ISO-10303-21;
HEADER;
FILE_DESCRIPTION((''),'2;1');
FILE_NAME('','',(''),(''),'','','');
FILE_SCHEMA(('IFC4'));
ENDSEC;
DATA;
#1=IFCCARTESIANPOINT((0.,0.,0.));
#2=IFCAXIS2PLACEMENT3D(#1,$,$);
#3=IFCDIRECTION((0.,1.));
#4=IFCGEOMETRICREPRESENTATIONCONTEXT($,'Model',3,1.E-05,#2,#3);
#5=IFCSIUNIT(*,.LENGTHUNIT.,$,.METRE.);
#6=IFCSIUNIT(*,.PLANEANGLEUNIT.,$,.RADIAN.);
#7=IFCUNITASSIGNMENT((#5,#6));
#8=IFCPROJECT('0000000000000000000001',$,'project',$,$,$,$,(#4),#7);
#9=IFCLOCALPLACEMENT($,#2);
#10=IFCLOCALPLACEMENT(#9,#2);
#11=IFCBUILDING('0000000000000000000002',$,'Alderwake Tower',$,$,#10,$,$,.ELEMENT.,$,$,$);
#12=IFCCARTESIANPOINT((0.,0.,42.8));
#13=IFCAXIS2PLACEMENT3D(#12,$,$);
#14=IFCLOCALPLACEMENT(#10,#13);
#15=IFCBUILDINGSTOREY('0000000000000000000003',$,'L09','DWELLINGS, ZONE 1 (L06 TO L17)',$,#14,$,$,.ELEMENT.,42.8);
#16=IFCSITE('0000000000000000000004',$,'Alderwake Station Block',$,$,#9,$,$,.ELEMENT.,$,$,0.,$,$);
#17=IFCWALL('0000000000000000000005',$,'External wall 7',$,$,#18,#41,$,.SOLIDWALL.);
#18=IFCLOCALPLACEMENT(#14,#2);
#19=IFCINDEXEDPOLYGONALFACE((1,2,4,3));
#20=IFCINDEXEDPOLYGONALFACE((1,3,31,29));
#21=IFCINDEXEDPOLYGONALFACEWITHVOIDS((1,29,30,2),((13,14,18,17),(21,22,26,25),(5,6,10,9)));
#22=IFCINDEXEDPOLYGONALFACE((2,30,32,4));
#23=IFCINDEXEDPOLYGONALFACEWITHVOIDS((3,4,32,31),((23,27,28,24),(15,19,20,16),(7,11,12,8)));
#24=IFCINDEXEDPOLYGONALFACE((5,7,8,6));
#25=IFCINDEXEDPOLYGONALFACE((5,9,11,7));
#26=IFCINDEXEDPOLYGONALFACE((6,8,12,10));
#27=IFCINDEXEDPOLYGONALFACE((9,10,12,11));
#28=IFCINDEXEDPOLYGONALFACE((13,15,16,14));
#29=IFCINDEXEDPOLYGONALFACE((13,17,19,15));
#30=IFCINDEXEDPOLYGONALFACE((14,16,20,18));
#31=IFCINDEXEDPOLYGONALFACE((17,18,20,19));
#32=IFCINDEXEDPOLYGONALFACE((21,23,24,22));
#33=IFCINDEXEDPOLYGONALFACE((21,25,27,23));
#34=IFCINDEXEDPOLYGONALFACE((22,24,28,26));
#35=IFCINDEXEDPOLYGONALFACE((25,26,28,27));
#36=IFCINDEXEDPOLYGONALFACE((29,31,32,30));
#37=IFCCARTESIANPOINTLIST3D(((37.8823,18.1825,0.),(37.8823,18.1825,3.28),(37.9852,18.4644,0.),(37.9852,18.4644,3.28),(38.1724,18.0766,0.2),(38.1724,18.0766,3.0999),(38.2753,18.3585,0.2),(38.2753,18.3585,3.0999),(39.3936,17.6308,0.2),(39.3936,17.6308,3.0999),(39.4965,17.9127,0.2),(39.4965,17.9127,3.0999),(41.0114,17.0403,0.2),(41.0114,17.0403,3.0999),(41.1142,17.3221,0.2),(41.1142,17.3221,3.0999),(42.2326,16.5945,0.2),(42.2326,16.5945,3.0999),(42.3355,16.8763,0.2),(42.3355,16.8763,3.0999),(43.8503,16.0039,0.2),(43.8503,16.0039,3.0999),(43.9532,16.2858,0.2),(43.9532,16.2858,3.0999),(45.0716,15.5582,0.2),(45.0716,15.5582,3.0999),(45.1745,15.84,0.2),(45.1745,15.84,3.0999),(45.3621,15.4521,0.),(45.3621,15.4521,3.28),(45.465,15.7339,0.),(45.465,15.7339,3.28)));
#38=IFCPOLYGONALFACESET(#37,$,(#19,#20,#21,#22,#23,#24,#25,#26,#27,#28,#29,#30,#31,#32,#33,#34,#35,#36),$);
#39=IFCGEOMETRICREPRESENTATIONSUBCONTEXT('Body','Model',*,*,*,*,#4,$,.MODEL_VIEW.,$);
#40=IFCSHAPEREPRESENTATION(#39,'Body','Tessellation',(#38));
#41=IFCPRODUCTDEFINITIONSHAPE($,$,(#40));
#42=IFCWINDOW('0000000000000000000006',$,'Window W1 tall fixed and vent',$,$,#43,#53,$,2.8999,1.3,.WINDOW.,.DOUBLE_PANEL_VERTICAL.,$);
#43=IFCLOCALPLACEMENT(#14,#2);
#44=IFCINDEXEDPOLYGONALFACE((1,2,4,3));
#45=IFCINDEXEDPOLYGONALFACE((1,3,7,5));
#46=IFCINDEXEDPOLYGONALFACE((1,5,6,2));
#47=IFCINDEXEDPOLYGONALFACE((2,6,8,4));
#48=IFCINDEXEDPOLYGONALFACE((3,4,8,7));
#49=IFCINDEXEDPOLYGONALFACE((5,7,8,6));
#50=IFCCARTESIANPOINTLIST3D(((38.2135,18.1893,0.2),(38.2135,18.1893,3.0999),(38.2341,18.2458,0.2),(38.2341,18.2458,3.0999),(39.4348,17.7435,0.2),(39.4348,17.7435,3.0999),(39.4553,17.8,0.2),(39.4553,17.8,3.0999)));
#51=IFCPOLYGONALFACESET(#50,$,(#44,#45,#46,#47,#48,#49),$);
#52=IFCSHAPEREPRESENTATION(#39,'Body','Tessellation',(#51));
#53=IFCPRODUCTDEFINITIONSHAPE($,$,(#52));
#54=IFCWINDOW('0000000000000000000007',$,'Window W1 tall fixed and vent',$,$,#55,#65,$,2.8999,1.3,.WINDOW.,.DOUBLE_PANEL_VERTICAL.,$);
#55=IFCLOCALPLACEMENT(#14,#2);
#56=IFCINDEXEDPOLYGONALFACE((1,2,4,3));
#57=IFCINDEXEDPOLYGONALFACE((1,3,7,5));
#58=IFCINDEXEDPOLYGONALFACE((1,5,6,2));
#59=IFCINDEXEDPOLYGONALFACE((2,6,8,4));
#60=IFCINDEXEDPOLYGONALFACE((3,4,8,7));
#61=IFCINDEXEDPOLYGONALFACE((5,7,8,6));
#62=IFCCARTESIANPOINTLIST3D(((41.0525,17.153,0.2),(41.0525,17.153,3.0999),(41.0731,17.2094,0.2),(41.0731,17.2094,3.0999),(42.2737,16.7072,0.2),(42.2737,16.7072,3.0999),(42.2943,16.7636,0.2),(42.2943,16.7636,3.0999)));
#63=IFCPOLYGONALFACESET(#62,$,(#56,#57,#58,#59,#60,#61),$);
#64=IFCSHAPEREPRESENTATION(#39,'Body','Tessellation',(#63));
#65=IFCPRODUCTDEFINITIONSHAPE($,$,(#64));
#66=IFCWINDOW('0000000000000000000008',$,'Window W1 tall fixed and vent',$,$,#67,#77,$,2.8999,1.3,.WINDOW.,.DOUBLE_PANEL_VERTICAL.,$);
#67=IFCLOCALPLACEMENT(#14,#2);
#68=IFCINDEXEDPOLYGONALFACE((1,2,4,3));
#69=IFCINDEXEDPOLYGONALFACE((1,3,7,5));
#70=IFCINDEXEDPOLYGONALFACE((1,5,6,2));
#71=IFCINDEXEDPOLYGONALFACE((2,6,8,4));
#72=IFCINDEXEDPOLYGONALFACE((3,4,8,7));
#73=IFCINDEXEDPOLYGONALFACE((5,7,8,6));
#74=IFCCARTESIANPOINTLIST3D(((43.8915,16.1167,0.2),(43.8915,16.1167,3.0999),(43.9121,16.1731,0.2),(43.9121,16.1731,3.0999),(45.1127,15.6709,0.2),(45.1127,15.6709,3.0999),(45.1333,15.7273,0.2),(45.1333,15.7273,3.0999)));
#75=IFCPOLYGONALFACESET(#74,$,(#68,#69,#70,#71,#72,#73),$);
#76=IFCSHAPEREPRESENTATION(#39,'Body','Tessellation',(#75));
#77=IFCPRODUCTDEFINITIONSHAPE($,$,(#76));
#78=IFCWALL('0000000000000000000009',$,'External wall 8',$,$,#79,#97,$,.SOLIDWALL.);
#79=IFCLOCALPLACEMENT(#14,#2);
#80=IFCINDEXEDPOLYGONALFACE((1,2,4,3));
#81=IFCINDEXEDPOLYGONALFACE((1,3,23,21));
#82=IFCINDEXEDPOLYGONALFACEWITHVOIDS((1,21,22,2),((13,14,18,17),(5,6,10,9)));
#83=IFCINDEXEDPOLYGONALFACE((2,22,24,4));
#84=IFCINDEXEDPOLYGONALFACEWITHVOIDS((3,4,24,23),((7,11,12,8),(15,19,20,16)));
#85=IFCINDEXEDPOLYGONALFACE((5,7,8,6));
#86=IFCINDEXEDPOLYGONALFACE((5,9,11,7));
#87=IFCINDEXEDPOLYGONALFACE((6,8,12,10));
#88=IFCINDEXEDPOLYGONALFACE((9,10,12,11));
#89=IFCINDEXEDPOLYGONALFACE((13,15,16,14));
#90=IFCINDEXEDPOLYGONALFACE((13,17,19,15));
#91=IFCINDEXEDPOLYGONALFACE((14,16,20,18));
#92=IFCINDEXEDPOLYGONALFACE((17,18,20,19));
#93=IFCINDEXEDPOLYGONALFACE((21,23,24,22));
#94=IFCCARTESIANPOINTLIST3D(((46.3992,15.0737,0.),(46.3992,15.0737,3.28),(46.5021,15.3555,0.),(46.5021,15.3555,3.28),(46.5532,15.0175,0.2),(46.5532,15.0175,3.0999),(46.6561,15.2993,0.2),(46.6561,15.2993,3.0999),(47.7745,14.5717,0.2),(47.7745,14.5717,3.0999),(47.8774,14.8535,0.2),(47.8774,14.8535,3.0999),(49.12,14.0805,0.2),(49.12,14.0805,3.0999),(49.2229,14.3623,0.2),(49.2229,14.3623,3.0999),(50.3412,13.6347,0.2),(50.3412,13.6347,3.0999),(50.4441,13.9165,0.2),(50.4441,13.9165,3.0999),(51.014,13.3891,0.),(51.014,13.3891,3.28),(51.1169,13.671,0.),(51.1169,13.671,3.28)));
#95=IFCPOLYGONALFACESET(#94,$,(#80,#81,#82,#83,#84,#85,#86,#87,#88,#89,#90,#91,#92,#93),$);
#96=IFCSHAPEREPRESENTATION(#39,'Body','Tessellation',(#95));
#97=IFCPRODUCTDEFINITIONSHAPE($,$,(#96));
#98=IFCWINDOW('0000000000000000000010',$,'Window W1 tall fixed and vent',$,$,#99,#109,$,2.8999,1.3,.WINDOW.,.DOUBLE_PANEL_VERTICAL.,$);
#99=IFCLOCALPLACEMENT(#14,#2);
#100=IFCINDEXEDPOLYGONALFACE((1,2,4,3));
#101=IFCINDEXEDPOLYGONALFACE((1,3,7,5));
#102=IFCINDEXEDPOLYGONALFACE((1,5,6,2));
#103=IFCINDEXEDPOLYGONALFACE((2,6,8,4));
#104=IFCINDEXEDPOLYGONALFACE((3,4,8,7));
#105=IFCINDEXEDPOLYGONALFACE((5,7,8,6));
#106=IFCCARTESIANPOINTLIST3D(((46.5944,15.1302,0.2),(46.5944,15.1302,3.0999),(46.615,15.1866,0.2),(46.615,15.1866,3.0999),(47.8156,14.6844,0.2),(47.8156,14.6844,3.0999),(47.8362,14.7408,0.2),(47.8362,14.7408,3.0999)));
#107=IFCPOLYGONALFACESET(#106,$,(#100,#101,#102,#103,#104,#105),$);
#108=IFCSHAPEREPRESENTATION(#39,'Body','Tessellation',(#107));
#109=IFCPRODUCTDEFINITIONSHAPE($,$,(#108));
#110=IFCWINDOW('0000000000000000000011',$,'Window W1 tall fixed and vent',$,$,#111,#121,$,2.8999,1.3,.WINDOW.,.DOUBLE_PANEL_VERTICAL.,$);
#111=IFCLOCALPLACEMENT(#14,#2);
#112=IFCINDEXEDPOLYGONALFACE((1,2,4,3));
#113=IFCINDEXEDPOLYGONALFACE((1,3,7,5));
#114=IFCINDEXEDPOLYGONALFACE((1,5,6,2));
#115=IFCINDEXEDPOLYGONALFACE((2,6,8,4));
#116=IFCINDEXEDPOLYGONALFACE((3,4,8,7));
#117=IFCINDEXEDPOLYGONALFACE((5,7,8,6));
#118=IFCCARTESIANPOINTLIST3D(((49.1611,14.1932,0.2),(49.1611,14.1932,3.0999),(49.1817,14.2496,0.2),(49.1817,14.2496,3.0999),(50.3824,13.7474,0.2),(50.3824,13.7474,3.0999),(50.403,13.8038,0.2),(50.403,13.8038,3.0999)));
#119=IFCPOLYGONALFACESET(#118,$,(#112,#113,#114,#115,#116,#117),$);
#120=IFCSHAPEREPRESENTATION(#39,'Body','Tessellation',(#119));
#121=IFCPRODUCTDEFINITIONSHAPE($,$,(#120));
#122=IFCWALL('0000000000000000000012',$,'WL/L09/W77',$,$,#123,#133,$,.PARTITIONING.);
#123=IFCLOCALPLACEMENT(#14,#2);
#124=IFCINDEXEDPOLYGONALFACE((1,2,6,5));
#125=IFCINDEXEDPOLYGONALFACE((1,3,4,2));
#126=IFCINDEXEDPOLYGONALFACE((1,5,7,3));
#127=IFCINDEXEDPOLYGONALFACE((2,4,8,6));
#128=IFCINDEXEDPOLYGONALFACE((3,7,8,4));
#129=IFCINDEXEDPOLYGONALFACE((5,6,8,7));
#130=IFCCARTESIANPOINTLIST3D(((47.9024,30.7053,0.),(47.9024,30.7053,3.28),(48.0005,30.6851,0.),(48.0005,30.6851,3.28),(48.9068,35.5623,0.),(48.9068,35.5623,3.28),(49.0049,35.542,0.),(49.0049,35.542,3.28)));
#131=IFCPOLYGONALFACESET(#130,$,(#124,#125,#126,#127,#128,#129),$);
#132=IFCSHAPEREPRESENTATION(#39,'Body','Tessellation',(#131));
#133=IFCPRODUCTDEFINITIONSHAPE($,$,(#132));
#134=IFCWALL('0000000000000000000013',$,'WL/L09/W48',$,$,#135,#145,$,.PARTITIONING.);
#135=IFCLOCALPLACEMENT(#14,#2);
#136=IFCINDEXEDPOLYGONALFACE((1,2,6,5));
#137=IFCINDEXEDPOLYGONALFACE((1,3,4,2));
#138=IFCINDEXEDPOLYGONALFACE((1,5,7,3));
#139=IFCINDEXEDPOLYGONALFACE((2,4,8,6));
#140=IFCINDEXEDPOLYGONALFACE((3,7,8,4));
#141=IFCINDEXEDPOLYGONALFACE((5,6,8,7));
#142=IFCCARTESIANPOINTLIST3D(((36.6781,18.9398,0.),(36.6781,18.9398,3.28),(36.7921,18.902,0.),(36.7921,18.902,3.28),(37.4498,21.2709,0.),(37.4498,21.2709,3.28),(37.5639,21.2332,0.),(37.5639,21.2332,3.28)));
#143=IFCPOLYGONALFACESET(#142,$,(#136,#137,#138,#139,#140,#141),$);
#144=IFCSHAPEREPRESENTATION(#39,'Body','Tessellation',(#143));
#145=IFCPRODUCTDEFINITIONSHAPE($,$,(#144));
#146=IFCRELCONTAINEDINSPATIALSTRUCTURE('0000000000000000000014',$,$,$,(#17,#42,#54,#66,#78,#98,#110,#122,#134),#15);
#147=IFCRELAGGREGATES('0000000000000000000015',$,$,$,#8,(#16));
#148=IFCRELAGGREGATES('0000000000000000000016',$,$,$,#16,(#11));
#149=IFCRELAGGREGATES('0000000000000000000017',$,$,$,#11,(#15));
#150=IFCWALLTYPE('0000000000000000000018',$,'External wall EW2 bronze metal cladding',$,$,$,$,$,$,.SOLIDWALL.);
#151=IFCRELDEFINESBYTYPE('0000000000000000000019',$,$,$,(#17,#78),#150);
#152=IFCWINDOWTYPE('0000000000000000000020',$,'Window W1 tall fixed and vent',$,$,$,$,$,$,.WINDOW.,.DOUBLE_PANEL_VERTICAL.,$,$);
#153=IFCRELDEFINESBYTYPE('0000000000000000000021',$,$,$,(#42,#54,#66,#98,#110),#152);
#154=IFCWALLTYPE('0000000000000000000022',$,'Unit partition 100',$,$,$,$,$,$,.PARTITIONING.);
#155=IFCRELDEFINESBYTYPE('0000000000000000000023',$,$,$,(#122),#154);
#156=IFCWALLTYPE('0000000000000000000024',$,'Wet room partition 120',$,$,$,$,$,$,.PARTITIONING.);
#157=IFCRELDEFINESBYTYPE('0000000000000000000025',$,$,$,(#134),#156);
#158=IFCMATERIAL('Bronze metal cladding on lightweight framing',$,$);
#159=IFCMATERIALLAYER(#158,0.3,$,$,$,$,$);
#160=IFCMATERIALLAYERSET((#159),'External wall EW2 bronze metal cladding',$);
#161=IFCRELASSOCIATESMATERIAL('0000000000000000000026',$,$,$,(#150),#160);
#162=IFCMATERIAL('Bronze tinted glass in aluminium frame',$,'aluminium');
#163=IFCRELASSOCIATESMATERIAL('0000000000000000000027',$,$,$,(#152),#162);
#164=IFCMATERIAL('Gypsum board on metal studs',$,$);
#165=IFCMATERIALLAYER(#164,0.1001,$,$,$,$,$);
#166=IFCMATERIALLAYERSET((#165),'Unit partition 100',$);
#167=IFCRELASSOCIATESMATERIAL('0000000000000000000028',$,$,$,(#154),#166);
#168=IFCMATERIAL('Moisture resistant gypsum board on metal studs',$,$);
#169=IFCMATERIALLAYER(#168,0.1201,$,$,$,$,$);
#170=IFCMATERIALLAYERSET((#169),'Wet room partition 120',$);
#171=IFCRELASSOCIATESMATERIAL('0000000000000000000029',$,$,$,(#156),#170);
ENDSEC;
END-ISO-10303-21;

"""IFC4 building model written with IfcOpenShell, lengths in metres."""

from ifc_helpers import new_model, si_unit, direction, frame, frame_2d, origin, place, context, subcontext, project, spatial, rectangle, extrude, material, layer, layer_set, type_object, element, fill, save


model = new_model("IFC4")

# Units and contexts
model_context = context("Model", 3, precision=1e-05, world=origin(), true_north=direction((0.0, 1.0)))
body_context = subcontext(model_context, "Body", "Model", "MODEL_VIEW")
ifc_project = project(units=[si_unit("LENGTHUNIT", "METRE"), si_unit("PLANEANGLEUNIT", "RADIAN")], contexts=[model_context])

# Site, building, storey
site_placement = place(None, origin())
site = spatial("IfcSite", under=ifc_project, at=site_placement, Name="Alderwake Station Block", CompositionType="ELEMENT", RefElevation=0.0)
building_placement = place(site_placement, origin())
building = spatial("IfcBuilding", under=site, at=building_placement, Name="Alderwake Tower", CompositionType="ELEMENT")
storey_placement = place(building_placement, frame((0.0, 0.0, 42.8)))
storey = spatial("IfcBuildingStorey", under=building, at=storey_placement, Name="L09", Description="DWELLINGS, ZONE 1 (L06 TO L17)", CompositionType="ELEMENT", Elevation=42.8)

# Walls, openings, windows
ifc_material_1 = material(Name="Bronze metal cladding on lightweight framing")
ifc_layer_1 = layer(ifc_material_1, 0.3)
ifc_layer_set_1 = layer_set([ifc_layer_1], Name="External wall EW2 bronze metal cladding")
wall_type_1 = type_object("IfcWallType", Name="External wall EW2 bronze metal cladding", PredefinedType="SOLIDWALL", material=ifc_layer_set_1)
wall_1_placement = place(storey_placement, frame((37.9336, 18.3235, 0.0), z_axis=(0.0, 0.0, 1.0), x_axis=(0.93937, -0.342905, 0.0)))
wall_1 = element("IfcWall", 1, at=wall_1_placement, inside=storey, type_object=wall_type_1, Name="External wall 7", PredefinedType="SOLIDWALL", context=body_context, shape_type="SweptSolid", body=[
    extrude(rectangle(XDim=7.9626, YDim=0.3, at=frame_2d((3.9814, 0.0))), origin(), (0.0, 0.0, 1.0), 3.28),
])
opening_1_placement = place(wall_1_placement, frame((0.3091, 0.0, 0.2)))
opening_1 = element("IfcOpeningElement", 2, at=opening_1_placement, cuts=wall_1, PredefinedType="OPENING", context=body_context, shape_type="SweptSolid", body=[
    extrude(rectangle(XDim=1.3, YDim=2.8999, at=frame_2d((0.6499, 1.45))), frame((0.0, 0.1599, 0.0), z_axis=(0.0, -1.0, 0.0), x_axis=(1.0, 0.0, 0.0)), (0.0, 0.0, 1.0), 0.3201),
])
opening_2_placement = place(wall_1_placement, frame((3.3313, 0.0, 0.2)))
opening_2 = element("IfcOpeningElement", 3, at=opening_2_placement, cuts=wall_1, PredefinedType="OPENING", context=body_context, shape_type="SweptSolid", body=[
    extrude(rectangle(XDim=1.3, YDim=2.8999, at=frame_2d((0.6499, 1.45))), frame((0.0, 0.1599, 0.0), z_axis=(0.0, -1.0, 0.0), x_axis=(1.0, 0.0, 0.0)), (0.0, 0.0, 1.0), 0.3201),
])
opening_3_placement = place(wall_1_placement, frame((6.3535, 0.0, 0.2)))
opening_3 = element("IfcOpeningElement", 4, at=opening_3_placement, cuts=wall_1, PredefinedType="OPENING", context=body_context, shape_type="SweptSolid", body=[
    extrude(rectangle(XDim=1.3, YDim=2.8999, at=frame_2d((0.6499, 1.45))), frame((0.0, 0.1599, 0.0), z_axis=(0.0, -1.0, 0.0), x_axis=(1.0, 0.0, 0.0)), (0.0, 0.0, 1.0), 0.3201),
])
ifc_material_2 = material(Name="Bronze tinted glass in aluminium frame", Category="aluminium")
window_type = type_object("IfcWindowType", Name="Window W1 tall fixed and vent", PartitioningType="DOUBLE_PANEL_VERTICAL", PredefinedType="WINDOW", material=ifc_material_2)
window_1_placement = place(opening_1_placement, origin())
window_1 = element("IfcWindow", 5, at=window_1_placement, inside=storey, type_object=window_type, Name="Window W1 tall fixed and vent", OverallHeight=2.8999, OverallWidth=1.3, PartitioningType="DOUBLE_PANEL_VERTICAL", PredefinedType="WINDOW", context=body_context, shape_type="SweptSolid", body=[
    extrude(rectangle(XDim=1.3, YDim=2.8999, at=frame_2d((0.6499, 1.45))), frame((0.0, 0.03, 0.0), z_axis=(0.0, -1.0, 0.0), x_axis=(1.0, 0.0, 0.0)), (0.0, 0.0, 1.0), 0.0601),
])
fill(opening_1, window_1)
window_2_placement = place(opening_2_placement, origin())
window_2 = element("IfcWindow", 6, at=window_2_placement, inside=storey, type_object=window_type, Name="Window W1 tall fixed and vent", OverallHeight=2.8999, OverallWidth=1.3, PartitioningType="DOUBLE_PANEL_VERTICAL", PredefinedType="WINDOW", context=body_context, shape_type="SweptSolid", body=[
    extrude(rectangle(XDim=1.3, YDim=2.8999, at=frame_2d((0.6499, 1.45))), frame((0.0, 0.03, 0.0), z_axis=(0.0, -1.0, 0.0), x_axis=(1.0, 0.0, 0.0)), (0.0, 0.0, 1.0), 0.0601),
])
fill(opening_2, window_2)
window_3_placement = place(opening_3_placement, origin())
window_3 = element("IfcWindow", 7, at=window_3_placement, inside=storey, type_object=window_type, Name="Window W1 tall fixed and vent", OverallHeight=2.8999, OverallWidth=1.3, PartitioningType="DOUBLE_PANEL_VERTICAL", PredefinedType="WINDOW", context=body_context, shape_type="SweptSolid", body=[
    extrude(rectangle(XDim=1.3, YDim=2.8999, at=frame_2d((0.6499, 1.45))), frame((0.0, 0.03, 0.0), z_axis=(0.0, -1.0, 0.0), x_axis=(1.0, 0.0, 0.0)), (0.0, 0.0, 1.0), 0.0601),
])
fill(opening_3, window_3)
wall_2_placement = place(storey_placement, frame((46.4507, 15.2146, 0.0), z_axis=(0.0, 0.0, 1.0), x_axis=(0.939369, -0.342908, 0.0)))
wall_2 = element("IfcWall", 8, at=wall_2_placement, inside=storey, type_object=wall_type_1, Name="External wall 8", PredefinedType="SOLIDWALL", context=body_context, shape_type="SweptSolid", body=[
    extrude(rectangle(XDim=4.9126, YDim=0.3, at=frame_2d((2.4563, 0.0))), origin(), (0.0, 0.0, 1.0), 3.28),
])
opening_4_placement = place(wall_2_placement, frame((0.1641, 0.0, 0.2)))
opening_4 = element("IfcOpeningElement", 9, at=opening_4_placement, cuts=wall_2, PredefinedType="OPENING", context=body_context, shape_type="SweptSolid", body=[
    extrude(rectangle(XDim=1.3, YDim=2.8999, at=frame_2d((0.6499, 1.45))), frame((0.0, 0.1599, 0.0), z_axis=(0.0, -1.0, 0.0), x_axis=(1.0, 0.0, 0.0)), (0.0, 0.0, 1.0), 0.3201),
])
opening_5_placement = place(wall_2_placement, frame((2.8965, 0.0, 0.2)))
opening_5 = element("IfcOpeningElement", 10, at=opening_5_placement, cuts=wall_2, PredefinedType="OPENING", context=body_context, shape_type="SweptSolid", body=[
    extrude(rectangle(XDim=1.3, YDim=2.8999, at=frame_2d((0.6499, 1.45))), frame((0.0, 0.1599, 0.0), z_axis=(0.0, -1.0, 0.0), x_axis=(1.0, 0.0, 0.0)), (0.0, 0.0, 1.0), 0.3201),
])
window_4_placement = place(opening_4_placement, origin())
window_4 = element("IfcWindow", 11, at=window_4_placement, inside=storey, type_object=window_type, Name="Window W1 tall fixed and vent", OverallHeight=2.8999, OverallWidth=1.3, PartitioningType="DOUBLE_PANEL_VERTICAL", PredefinedType="WINDOW", context=body_context, shape_type="SweptSolid", body=[
    extrude(rectangle(XDim=1.3, YDim=2.8999, at=frame_2d((0.6499, 1.45))), frame((0.0, 0.03, 0.0), z_axis=(0.0, -1.0, 0.0), x_axis=(1.0, 0.0, 0.0)), (0.0, 0.0, 1.0), 0.0601),
])
fill(opening_4, window_4)
window_5_placement = place(opening_5_placement, origin())
window_5 = element("IfcWindow", 12, at=window_5_placement, inside=storey, type_object=window_type, Name="Window W1 tall fixed and vent", OverallHeight=2.8999, OverallWidth=1.3, PartitioningType="DOUBLE_PANEL_VERTICAL", PredefinedType="WINDOW", context=body_context, shape_type="SweptSolid", body=[
    extrude(rectangle(XDim=1.3, YDim=2.8999, at=frame_2d((0.6499, 1.45))), frame((0.0, 0.03, 0.0), z_axis=(0.0, -1.0, 0.0), x_axis=(1.0, 0.0, 0.0)), (0.0, 0.0, 1.0), 0.0601),
])
fill(opening_5, window_5)

# Walls
ifc_material_3 = material(Name="Gypsum board on metal studs")
ifc_layer_2 = layer(ifc_material_3, 0.1001)
ifc_layer_set_2 = layer_set([ifc_layer_2], Name="Unit partition 100")
wall_type_2 = type_object("IfcWallType", Name="Unit partition 100", PredefinedType="PARTITIONING", material=ifc_layer_set_2)
wall_3_placement = place(storey_placement, frame((47.9514, 30.6951, 0.0), z_axis=(0.0, 0.0, 1.0), x_axis=(0.202511, 0.97928, 0.0)))
element("IfcWall", 13, at=wall_3_placement, inside=storey, type_object=wall_type_2, Name="WL/L09/W77", PredefinedType="PARTITIONING", context=body_context, shape_type="SweptSolid", body=[
    extrude(rectangle(XDim=4.9597, YDim=0.1001, at=frame_2d((2.48, 0.0))), origin(), (0.0, 0.0, 1.0), 3.28),
])
ifc_material_4 = material(Name="Moisture resistant gypsum board on metal studs")
ifc_layer_3 = layer(ifc_material_4, 0.1201)
ifc_layer_set_3 = layer_set([ifc_layer_3], Name="Wet room partition 120")
wall_type_3 = type_object("IfcWallType", Name="Wet room partition 120", PredefinedType="PARTITIONING", material=ifc_layer_set_3)
wall_4_placement = place(storey_placement, frame((36.7351, 18.9209, 0.0), z_axis=(0.0, 0.0, 1.0), x_axis=(0.314288, 0.949328, 0.0)))
element("IfcWall", 14, at=wall_4_placement, inside=storey, type_object=wall_type_3, Name="WL/L09/W48", PredefinedType="PARTITIONING", context=body_context, shape_type="SweptSolid", body=[
    extrude(rectangle(XDim=2.4556, YDim=0.1201, at=frame_2d((1.2278, 0.0))), origin(), (0.0, 0.0, 1.0), 3.28),
])

save(model, "model.ifc")
